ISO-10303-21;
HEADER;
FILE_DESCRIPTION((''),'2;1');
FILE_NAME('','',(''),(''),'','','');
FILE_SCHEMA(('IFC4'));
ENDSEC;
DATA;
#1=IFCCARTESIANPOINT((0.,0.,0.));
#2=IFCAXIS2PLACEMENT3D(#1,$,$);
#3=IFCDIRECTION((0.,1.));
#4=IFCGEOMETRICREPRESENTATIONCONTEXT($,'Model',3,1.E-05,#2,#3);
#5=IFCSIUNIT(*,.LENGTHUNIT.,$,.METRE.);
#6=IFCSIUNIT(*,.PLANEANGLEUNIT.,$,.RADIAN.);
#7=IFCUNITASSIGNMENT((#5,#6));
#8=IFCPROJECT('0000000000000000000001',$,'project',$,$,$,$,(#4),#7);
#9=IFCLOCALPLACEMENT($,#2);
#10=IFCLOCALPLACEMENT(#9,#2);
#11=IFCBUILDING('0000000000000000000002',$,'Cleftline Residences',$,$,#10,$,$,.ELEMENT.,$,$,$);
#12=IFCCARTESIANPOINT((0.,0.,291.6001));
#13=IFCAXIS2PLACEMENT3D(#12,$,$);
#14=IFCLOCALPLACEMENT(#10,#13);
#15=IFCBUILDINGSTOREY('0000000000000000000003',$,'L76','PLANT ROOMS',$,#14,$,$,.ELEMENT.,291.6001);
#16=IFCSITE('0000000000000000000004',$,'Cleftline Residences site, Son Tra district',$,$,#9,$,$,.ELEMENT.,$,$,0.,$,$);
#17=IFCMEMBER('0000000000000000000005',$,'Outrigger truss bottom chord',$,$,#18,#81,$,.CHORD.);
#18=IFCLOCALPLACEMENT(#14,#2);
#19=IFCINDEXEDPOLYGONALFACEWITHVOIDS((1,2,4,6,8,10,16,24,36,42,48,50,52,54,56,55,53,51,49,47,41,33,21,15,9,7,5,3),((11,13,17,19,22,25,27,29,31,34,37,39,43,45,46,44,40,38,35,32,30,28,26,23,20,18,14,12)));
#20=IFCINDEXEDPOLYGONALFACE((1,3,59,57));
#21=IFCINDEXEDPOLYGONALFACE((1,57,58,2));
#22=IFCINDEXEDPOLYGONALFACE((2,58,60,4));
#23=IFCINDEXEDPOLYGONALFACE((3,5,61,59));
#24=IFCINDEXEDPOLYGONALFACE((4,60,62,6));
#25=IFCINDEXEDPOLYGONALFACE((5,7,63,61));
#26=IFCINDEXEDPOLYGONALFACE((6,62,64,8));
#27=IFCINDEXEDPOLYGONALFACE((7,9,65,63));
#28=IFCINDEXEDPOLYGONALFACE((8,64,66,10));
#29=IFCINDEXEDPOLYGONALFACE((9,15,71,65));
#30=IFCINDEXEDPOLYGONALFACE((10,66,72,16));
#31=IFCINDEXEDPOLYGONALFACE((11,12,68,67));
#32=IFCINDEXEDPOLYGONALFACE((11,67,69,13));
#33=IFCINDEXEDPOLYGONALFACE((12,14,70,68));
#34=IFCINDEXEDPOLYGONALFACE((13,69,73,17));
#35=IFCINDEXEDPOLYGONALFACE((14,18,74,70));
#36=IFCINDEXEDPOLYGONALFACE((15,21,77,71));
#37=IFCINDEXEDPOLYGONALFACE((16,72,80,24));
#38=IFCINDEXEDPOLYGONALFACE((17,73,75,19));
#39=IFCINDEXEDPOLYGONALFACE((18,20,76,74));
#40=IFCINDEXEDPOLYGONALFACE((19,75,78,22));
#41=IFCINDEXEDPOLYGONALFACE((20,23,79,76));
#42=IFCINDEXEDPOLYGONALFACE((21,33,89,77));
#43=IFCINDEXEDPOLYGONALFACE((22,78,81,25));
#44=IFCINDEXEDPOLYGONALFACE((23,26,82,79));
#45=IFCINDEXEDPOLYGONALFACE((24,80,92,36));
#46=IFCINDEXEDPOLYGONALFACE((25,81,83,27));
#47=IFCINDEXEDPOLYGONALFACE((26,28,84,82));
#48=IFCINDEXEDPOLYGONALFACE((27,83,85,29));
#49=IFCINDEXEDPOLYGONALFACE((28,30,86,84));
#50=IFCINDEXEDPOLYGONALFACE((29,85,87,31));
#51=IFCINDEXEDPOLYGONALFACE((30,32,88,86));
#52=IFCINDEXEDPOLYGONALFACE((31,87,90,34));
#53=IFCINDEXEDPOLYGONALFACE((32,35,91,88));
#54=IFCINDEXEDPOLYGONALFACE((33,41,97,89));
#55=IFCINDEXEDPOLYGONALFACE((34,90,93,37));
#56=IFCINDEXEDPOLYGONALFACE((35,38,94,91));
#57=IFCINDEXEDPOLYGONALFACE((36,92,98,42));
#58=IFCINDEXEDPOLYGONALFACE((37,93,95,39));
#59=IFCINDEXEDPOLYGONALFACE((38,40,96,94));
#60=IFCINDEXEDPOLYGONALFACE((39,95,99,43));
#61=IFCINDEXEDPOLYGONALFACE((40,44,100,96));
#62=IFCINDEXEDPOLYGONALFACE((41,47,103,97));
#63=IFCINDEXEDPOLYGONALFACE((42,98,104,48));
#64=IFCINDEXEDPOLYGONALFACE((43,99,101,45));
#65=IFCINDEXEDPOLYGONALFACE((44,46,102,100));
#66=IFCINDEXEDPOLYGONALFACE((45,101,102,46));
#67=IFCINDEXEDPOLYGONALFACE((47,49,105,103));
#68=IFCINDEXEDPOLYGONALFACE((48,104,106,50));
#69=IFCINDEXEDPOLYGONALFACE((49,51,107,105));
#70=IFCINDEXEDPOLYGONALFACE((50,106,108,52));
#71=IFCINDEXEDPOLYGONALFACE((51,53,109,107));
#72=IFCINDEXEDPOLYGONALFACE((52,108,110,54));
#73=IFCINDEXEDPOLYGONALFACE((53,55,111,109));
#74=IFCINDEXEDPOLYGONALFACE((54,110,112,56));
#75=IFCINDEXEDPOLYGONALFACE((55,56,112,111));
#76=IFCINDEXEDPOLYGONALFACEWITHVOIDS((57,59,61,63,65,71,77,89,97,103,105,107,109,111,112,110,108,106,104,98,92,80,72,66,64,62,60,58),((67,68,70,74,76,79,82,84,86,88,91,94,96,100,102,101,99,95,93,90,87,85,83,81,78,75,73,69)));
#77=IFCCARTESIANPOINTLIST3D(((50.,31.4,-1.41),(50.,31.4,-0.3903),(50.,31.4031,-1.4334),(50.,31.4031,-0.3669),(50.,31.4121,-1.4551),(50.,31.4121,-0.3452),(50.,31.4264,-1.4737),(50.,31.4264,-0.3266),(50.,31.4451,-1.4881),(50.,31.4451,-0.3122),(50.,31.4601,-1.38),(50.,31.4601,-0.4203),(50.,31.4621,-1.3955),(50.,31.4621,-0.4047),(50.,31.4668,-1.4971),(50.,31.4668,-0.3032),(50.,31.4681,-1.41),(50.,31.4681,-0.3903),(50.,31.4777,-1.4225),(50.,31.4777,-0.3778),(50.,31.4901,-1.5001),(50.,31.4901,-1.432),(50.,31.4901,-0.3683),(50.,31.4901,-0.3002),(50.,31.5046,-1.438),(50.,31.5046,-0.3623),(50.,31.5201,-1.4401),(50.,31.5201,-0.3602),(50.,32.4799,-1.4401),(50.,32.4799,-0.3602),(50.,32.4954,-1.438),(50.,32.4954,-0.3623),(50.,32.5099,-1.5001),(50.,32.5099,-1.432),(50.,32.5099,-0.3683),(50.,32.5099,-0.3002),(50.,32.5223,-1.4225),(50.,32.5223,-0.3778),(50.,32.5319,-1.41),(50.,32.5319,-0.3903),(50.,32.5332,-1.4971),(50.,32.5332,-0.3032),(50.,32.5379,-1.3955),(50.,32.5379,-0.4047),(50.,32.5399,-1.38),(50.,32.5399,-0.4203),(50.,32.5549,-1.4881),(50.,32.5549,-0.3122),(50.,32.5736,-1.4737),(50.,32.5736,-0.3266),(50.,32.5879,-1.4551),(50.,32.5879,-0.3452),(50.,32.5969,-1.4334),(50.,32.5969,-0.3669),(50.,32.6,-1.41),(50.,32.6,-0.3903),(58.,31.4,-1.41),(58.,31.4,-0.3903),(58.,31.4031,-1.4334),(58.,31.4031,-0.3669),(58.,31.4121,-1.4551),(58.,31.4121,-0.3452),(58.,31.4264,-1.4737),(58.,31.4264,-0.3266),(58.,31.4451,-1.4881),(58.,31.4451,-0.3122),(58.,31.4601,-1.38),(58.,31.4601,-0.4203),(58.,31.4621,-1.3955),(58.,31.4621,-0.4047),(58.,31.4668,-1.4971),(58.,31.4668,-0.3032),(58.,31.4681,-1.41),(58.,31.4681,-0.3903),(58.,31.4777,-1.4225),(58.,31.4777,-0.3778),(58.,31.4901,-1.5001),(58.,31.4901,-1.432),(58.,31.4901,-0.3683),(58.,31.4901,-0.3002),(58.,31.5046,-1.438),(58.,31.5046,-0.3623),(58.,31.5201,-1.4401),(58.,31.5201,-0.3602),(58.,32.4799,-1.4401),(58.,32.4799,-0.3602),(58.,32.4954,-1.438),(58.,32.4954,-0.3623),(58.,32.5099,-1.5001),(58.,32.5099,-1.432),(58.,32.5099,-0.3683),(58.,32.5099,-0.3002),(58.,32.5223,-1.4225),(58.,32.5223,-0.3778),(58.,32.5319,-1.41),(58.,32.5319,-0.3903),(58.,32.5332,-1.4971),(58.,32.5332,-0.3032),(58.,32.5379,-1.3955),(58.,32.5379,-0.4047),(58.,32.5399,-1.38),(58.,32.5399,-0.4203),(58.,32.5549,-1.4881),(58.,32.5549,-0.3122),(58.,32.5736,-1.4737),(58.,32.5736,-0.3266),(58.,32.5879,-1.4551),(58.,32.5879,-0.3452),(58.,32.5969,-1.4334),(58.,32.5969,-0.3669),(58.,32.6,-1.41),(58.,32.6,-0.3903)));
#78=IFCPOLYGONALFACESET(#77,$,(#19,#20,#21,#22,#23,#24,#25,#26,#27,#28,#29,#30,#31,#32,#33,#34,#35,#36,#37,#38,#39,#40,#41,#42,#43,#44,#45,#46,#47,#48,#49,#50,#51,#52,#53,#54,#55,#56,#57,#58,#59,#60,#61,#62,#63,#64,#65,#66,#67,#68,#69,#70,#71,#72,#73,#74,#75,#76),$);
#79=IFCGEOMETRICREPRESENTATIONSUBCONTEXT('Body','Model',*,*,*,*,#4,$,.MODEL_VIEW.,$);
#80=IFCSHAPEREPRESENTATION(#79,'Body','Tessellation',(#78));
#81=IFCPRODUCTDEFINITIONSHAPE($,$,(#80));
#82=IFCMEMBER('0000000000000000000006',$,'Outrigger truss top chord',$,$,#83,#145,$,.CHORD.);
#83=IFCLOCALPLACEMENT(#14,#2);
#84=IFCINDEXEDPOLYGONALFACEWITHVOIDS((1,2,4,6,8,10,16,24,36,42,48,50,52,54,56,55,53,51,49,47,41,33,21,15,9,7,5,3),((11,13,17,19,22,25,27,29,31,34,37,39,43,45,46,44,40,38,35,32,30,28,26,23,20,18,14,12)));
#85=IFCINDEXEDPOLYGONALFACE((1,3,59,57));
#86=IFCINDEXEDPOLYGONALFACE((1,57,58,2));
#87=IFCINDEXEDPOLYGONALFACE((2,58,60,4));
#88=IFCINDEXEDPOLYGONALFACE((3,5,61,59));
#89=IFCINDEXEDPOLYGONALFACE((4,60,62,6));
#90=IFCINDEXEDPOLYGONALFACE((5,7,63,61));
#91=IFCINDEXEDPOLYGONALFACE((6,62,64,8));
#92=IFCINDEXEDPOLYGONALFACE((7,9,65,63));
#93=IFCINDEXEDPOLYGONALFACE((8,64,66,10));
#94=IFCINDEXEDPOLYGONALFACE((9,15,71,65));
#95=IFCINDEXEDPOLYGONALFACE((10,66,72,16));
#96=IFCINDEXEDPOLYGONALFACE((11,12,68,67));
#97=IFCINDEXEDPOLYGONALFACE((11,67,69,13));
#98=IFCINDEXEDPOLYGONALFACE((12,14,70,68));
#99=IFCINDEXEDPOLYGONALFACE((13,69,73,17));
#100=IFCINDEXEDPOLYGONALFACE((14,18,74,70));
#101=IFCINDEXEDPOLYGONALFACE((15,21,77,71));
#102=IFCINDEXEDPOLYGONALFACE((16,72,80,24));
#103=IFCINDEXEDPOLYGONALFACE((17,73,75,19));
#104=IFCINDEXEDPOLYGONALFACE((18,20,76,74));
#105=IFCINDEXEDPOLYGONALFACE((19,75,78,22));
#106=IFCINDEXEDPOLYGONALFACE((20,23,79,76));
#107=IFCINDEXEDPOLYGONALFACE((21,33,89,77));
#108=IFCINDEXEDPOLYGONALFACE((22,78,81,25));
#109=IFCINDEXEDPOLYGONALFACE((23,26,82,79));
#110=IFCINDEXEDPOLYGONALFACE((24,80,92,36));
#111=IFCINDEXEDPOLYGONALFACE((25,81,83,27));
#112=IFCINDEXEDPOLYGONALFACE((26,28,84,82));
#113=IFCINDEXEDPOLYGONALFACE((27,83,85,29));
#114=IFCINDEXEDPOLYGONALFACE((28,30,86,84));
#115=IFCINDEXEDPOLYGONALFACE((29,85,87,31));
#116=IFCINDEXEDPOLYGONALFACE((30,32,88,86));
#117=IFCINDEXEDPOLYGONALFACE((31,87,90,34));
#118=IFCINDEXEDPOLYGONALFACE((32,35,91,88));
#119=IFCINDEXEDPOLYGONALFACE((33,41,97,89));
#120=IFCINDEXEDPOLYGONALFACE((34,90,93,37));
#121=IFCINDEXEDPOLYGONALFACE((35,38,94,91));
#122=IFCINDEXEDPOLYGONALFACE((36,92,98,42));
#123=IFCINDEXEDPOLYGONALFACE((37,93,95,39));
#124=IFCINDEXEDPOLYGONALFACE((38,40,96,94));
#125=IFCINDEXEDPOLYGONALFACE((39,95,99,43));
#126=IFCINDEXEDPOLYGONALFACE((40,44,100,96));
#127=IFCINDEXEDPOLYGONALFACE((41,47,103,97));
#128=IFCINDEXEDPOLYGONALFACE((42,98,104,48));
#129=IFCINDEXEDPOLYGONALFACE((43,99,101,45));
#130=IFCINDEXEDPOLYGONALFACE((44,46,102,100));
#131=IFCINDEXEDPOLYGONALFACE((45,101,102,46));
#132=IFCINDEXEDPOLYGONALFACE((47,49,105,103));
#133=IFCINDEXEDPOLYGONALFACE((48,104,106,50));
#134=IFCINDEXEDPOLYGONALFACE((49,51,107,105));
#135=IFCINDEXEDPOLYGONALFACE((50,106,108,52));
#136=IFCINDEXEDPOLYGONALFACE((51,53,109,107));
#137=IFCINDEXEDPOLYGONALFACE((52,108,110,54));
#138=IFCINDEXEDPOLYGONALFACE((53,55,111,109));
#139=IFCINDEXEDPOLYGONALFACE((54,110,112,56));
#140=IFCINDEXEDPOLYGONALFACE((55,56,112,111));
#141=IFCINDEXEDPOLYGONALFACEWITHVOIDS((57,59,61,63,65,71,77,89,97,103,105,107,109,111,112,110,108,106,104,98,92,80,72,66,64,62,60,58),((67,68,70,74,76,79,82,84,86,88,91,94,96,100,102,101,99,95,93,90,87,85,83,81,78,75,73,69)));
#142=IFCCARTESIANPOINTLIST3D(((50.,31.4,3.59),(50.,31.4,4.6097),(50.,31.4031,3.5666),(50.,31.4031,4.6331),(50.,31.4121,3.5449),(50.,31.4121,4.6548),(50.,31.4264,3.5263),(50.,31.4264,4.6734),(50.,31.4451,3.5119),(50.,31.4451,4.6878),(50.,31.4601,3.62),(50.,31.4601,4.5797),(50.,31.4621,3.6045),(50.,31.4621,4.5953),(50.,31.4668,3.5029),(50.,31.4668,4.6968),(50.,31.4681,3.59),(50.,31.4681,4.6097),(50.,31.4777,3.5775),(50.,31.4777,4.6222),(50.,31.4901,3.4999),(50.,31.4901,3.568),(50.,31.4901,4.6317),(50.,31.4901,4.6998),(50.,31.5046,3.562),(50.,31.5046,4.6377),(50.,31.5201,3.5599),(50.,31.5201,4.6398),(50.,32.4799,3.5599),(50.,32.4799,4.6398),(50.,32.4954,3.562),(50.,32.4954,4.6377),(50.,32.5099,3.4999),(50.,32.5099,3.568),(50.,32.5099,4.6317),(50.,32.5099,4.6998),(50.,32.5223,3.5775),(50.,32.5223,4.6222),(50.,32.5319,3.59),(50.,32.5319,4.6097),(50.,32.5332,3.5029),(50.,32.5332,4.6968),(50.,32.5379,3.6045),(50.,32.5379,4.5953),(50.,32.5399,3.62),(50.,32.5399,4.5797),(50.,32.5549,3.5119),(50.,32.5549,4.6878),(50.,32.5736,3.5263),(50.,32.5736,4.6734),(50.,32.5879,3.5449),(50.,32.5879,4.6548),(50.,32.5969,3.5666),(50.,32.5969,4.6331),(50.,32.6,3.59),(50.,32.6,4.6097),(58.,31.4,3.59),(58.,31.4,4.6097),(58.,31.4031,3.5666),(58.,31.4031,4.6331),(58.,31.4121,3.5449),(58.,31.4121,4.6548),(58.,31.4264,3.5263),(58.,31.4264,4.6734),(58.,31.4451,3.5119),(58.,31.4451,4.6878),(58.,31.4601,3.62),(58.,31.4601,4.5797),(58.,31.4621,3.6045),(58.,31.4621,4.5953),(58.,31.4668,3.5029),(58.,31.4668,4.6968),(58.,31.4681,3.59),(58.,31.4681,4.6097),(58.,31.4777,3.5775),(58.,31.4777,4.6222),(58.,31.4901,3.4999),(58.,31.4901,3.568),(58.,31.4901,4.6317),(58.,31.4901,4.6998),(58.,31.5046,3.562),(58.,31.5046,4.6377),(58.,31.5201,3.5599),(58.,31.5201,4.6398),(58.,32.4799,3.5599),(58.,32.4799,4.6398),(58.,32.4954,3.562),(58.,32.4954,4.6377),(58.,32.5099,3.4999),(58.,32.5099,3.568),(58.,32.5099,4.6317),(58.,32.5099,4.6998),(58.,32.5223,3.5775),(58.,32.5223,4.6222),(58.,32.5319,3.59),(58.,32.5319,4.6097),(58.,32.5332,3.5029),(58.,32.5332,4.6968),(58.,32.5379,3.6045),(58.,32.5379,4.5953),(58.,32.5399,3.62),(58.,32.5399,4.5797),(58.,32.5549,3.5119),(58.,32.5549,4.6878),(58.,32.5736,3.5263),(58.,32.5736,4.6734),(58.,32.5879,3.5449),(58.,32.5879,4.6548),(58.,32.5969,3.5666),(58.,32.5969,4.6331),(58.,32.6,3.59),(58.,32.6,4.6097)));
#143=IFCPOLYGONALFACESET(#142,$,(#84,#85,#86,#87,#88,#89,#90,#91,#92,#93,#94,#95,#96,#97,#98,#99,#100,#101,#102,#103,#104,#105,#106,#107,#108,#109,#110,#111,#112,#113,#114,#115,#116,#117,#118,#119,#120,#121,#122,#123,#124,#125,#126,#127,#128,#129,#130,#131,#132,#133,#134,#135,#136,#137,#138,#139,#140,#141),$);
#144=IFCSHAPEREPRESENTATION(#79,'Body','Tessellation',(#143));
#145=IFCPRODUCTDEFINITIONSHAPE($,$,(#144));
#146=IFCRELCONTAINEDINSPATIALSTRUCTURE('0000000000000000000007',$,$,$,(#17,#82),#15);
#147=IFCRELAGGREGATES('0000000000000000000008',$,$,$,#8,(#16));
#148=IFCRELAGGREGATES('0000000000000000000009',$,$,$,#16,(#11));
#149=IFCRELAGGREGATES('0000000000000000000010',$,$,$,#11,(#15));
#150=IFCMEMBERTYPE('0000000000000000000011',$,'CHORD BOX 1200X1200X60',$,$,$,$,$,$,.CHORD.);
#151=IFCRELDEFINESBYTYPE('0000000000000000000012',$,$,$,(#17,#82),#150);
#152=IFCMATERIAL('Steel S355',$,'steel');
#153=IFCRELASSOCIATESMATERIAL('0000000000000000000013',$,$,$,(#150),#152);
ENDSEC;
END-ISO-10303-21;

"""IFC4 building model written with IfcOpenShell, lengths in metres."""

from ifc_helpers import new_model, si_unit, direction, frame, origin, origin_2d, place, context, subcontext, project, spatial, hollow_rectangle, extrude, material, material_profile, profile_set, type_object, element, save


model = new_model("IFC4")

# Units and contexts
model_context = context("Model", 3, precision=1e-05, world=origin(), true_north=direction((0.0, 1.0)))
body_context = subcontext(model_context, "Body", "Model", "MODEL_VIEW")
ifc_project = project(units=[si_unit("LENGTHUNIT", "METRE"), si_unit("PLANEANGLEUNIT", "RADIAN")], contexts=[model_context])

# Site, building, storey
site_placement = place(None, origin())
site = spatial("IfcSite", under=ifc_project, at=site_placement, Name="Cleftline Residences site, Son Tra district", CompositionType="ELEMENT", RefElevation=0.0)
building_placement = place(site_placement, origin())
building = spatial("IfcBuilding", under=site, at=building_placement, Name="Cleftline Residences", CompositionType="ELEMENT")
storey_placement = place(building_placement, frame((0.0, 0.0, 291.6001)))
storey = spatial("IfcBuildingStorey", under=building, at=storey_placement, Name="L76", Description="PLANT ROOMS", CompositionType="ELEMENT", Elevation=291.6001)

# Members
ifc_material_1 = material(Name="Steel S355", Category="steel")
ifc_material_profile_1 = material_profile(ifc_material_1, hollow_rectangle(XDim=1.2, YDim=1.2, WallThickness=0.0601, InnerFilletRadius=0.0601, OuterFilletRadius=0.0901, at=origin_2d()))
ifc_profile_set_1 = profile_set([ifc_material_profile_1], Name="Steel S355")
member_type_1 = type_object("IfcMemberType", Name="CHORD BOX 1200X1200X60", PredefinedType="CHORD", material=ifc_profile_set_1)
for number, where, z_axis, x_axis, name in (
    (1, (50.0, 32.0, -0.9001), (1.0, 0.0, 0.0), (0.0, 1.0, 0.0), "Outrigger truss bottom chord"),
    (2, (50.0, 32.0, 4.0999), (1.0, 0.0, 0.0), (0.0, 1.0, 0.0), "Outrigger truss top chord"),
):
    element("IfcMember", number, at=place(storey_placement, frame(where, z_axis=z_axis, x_axis=x_axis)), inside=storey, type_object=member_type_1, Name=name, PredefinedType="CHORD", context=body_context, shape_type="SweptSolid", body=[
        extrude(hollow_rectangle(XDim=1.2, YDim=1.2, WallThickness=0.0601, InnerFilletRadius=0.0601, OuterFilletRadius=0.0901, at=origin_2d()), origin(), (0.0, 0.0, 1.0), 8.0),
    ])

save(model, "model.ifc")
